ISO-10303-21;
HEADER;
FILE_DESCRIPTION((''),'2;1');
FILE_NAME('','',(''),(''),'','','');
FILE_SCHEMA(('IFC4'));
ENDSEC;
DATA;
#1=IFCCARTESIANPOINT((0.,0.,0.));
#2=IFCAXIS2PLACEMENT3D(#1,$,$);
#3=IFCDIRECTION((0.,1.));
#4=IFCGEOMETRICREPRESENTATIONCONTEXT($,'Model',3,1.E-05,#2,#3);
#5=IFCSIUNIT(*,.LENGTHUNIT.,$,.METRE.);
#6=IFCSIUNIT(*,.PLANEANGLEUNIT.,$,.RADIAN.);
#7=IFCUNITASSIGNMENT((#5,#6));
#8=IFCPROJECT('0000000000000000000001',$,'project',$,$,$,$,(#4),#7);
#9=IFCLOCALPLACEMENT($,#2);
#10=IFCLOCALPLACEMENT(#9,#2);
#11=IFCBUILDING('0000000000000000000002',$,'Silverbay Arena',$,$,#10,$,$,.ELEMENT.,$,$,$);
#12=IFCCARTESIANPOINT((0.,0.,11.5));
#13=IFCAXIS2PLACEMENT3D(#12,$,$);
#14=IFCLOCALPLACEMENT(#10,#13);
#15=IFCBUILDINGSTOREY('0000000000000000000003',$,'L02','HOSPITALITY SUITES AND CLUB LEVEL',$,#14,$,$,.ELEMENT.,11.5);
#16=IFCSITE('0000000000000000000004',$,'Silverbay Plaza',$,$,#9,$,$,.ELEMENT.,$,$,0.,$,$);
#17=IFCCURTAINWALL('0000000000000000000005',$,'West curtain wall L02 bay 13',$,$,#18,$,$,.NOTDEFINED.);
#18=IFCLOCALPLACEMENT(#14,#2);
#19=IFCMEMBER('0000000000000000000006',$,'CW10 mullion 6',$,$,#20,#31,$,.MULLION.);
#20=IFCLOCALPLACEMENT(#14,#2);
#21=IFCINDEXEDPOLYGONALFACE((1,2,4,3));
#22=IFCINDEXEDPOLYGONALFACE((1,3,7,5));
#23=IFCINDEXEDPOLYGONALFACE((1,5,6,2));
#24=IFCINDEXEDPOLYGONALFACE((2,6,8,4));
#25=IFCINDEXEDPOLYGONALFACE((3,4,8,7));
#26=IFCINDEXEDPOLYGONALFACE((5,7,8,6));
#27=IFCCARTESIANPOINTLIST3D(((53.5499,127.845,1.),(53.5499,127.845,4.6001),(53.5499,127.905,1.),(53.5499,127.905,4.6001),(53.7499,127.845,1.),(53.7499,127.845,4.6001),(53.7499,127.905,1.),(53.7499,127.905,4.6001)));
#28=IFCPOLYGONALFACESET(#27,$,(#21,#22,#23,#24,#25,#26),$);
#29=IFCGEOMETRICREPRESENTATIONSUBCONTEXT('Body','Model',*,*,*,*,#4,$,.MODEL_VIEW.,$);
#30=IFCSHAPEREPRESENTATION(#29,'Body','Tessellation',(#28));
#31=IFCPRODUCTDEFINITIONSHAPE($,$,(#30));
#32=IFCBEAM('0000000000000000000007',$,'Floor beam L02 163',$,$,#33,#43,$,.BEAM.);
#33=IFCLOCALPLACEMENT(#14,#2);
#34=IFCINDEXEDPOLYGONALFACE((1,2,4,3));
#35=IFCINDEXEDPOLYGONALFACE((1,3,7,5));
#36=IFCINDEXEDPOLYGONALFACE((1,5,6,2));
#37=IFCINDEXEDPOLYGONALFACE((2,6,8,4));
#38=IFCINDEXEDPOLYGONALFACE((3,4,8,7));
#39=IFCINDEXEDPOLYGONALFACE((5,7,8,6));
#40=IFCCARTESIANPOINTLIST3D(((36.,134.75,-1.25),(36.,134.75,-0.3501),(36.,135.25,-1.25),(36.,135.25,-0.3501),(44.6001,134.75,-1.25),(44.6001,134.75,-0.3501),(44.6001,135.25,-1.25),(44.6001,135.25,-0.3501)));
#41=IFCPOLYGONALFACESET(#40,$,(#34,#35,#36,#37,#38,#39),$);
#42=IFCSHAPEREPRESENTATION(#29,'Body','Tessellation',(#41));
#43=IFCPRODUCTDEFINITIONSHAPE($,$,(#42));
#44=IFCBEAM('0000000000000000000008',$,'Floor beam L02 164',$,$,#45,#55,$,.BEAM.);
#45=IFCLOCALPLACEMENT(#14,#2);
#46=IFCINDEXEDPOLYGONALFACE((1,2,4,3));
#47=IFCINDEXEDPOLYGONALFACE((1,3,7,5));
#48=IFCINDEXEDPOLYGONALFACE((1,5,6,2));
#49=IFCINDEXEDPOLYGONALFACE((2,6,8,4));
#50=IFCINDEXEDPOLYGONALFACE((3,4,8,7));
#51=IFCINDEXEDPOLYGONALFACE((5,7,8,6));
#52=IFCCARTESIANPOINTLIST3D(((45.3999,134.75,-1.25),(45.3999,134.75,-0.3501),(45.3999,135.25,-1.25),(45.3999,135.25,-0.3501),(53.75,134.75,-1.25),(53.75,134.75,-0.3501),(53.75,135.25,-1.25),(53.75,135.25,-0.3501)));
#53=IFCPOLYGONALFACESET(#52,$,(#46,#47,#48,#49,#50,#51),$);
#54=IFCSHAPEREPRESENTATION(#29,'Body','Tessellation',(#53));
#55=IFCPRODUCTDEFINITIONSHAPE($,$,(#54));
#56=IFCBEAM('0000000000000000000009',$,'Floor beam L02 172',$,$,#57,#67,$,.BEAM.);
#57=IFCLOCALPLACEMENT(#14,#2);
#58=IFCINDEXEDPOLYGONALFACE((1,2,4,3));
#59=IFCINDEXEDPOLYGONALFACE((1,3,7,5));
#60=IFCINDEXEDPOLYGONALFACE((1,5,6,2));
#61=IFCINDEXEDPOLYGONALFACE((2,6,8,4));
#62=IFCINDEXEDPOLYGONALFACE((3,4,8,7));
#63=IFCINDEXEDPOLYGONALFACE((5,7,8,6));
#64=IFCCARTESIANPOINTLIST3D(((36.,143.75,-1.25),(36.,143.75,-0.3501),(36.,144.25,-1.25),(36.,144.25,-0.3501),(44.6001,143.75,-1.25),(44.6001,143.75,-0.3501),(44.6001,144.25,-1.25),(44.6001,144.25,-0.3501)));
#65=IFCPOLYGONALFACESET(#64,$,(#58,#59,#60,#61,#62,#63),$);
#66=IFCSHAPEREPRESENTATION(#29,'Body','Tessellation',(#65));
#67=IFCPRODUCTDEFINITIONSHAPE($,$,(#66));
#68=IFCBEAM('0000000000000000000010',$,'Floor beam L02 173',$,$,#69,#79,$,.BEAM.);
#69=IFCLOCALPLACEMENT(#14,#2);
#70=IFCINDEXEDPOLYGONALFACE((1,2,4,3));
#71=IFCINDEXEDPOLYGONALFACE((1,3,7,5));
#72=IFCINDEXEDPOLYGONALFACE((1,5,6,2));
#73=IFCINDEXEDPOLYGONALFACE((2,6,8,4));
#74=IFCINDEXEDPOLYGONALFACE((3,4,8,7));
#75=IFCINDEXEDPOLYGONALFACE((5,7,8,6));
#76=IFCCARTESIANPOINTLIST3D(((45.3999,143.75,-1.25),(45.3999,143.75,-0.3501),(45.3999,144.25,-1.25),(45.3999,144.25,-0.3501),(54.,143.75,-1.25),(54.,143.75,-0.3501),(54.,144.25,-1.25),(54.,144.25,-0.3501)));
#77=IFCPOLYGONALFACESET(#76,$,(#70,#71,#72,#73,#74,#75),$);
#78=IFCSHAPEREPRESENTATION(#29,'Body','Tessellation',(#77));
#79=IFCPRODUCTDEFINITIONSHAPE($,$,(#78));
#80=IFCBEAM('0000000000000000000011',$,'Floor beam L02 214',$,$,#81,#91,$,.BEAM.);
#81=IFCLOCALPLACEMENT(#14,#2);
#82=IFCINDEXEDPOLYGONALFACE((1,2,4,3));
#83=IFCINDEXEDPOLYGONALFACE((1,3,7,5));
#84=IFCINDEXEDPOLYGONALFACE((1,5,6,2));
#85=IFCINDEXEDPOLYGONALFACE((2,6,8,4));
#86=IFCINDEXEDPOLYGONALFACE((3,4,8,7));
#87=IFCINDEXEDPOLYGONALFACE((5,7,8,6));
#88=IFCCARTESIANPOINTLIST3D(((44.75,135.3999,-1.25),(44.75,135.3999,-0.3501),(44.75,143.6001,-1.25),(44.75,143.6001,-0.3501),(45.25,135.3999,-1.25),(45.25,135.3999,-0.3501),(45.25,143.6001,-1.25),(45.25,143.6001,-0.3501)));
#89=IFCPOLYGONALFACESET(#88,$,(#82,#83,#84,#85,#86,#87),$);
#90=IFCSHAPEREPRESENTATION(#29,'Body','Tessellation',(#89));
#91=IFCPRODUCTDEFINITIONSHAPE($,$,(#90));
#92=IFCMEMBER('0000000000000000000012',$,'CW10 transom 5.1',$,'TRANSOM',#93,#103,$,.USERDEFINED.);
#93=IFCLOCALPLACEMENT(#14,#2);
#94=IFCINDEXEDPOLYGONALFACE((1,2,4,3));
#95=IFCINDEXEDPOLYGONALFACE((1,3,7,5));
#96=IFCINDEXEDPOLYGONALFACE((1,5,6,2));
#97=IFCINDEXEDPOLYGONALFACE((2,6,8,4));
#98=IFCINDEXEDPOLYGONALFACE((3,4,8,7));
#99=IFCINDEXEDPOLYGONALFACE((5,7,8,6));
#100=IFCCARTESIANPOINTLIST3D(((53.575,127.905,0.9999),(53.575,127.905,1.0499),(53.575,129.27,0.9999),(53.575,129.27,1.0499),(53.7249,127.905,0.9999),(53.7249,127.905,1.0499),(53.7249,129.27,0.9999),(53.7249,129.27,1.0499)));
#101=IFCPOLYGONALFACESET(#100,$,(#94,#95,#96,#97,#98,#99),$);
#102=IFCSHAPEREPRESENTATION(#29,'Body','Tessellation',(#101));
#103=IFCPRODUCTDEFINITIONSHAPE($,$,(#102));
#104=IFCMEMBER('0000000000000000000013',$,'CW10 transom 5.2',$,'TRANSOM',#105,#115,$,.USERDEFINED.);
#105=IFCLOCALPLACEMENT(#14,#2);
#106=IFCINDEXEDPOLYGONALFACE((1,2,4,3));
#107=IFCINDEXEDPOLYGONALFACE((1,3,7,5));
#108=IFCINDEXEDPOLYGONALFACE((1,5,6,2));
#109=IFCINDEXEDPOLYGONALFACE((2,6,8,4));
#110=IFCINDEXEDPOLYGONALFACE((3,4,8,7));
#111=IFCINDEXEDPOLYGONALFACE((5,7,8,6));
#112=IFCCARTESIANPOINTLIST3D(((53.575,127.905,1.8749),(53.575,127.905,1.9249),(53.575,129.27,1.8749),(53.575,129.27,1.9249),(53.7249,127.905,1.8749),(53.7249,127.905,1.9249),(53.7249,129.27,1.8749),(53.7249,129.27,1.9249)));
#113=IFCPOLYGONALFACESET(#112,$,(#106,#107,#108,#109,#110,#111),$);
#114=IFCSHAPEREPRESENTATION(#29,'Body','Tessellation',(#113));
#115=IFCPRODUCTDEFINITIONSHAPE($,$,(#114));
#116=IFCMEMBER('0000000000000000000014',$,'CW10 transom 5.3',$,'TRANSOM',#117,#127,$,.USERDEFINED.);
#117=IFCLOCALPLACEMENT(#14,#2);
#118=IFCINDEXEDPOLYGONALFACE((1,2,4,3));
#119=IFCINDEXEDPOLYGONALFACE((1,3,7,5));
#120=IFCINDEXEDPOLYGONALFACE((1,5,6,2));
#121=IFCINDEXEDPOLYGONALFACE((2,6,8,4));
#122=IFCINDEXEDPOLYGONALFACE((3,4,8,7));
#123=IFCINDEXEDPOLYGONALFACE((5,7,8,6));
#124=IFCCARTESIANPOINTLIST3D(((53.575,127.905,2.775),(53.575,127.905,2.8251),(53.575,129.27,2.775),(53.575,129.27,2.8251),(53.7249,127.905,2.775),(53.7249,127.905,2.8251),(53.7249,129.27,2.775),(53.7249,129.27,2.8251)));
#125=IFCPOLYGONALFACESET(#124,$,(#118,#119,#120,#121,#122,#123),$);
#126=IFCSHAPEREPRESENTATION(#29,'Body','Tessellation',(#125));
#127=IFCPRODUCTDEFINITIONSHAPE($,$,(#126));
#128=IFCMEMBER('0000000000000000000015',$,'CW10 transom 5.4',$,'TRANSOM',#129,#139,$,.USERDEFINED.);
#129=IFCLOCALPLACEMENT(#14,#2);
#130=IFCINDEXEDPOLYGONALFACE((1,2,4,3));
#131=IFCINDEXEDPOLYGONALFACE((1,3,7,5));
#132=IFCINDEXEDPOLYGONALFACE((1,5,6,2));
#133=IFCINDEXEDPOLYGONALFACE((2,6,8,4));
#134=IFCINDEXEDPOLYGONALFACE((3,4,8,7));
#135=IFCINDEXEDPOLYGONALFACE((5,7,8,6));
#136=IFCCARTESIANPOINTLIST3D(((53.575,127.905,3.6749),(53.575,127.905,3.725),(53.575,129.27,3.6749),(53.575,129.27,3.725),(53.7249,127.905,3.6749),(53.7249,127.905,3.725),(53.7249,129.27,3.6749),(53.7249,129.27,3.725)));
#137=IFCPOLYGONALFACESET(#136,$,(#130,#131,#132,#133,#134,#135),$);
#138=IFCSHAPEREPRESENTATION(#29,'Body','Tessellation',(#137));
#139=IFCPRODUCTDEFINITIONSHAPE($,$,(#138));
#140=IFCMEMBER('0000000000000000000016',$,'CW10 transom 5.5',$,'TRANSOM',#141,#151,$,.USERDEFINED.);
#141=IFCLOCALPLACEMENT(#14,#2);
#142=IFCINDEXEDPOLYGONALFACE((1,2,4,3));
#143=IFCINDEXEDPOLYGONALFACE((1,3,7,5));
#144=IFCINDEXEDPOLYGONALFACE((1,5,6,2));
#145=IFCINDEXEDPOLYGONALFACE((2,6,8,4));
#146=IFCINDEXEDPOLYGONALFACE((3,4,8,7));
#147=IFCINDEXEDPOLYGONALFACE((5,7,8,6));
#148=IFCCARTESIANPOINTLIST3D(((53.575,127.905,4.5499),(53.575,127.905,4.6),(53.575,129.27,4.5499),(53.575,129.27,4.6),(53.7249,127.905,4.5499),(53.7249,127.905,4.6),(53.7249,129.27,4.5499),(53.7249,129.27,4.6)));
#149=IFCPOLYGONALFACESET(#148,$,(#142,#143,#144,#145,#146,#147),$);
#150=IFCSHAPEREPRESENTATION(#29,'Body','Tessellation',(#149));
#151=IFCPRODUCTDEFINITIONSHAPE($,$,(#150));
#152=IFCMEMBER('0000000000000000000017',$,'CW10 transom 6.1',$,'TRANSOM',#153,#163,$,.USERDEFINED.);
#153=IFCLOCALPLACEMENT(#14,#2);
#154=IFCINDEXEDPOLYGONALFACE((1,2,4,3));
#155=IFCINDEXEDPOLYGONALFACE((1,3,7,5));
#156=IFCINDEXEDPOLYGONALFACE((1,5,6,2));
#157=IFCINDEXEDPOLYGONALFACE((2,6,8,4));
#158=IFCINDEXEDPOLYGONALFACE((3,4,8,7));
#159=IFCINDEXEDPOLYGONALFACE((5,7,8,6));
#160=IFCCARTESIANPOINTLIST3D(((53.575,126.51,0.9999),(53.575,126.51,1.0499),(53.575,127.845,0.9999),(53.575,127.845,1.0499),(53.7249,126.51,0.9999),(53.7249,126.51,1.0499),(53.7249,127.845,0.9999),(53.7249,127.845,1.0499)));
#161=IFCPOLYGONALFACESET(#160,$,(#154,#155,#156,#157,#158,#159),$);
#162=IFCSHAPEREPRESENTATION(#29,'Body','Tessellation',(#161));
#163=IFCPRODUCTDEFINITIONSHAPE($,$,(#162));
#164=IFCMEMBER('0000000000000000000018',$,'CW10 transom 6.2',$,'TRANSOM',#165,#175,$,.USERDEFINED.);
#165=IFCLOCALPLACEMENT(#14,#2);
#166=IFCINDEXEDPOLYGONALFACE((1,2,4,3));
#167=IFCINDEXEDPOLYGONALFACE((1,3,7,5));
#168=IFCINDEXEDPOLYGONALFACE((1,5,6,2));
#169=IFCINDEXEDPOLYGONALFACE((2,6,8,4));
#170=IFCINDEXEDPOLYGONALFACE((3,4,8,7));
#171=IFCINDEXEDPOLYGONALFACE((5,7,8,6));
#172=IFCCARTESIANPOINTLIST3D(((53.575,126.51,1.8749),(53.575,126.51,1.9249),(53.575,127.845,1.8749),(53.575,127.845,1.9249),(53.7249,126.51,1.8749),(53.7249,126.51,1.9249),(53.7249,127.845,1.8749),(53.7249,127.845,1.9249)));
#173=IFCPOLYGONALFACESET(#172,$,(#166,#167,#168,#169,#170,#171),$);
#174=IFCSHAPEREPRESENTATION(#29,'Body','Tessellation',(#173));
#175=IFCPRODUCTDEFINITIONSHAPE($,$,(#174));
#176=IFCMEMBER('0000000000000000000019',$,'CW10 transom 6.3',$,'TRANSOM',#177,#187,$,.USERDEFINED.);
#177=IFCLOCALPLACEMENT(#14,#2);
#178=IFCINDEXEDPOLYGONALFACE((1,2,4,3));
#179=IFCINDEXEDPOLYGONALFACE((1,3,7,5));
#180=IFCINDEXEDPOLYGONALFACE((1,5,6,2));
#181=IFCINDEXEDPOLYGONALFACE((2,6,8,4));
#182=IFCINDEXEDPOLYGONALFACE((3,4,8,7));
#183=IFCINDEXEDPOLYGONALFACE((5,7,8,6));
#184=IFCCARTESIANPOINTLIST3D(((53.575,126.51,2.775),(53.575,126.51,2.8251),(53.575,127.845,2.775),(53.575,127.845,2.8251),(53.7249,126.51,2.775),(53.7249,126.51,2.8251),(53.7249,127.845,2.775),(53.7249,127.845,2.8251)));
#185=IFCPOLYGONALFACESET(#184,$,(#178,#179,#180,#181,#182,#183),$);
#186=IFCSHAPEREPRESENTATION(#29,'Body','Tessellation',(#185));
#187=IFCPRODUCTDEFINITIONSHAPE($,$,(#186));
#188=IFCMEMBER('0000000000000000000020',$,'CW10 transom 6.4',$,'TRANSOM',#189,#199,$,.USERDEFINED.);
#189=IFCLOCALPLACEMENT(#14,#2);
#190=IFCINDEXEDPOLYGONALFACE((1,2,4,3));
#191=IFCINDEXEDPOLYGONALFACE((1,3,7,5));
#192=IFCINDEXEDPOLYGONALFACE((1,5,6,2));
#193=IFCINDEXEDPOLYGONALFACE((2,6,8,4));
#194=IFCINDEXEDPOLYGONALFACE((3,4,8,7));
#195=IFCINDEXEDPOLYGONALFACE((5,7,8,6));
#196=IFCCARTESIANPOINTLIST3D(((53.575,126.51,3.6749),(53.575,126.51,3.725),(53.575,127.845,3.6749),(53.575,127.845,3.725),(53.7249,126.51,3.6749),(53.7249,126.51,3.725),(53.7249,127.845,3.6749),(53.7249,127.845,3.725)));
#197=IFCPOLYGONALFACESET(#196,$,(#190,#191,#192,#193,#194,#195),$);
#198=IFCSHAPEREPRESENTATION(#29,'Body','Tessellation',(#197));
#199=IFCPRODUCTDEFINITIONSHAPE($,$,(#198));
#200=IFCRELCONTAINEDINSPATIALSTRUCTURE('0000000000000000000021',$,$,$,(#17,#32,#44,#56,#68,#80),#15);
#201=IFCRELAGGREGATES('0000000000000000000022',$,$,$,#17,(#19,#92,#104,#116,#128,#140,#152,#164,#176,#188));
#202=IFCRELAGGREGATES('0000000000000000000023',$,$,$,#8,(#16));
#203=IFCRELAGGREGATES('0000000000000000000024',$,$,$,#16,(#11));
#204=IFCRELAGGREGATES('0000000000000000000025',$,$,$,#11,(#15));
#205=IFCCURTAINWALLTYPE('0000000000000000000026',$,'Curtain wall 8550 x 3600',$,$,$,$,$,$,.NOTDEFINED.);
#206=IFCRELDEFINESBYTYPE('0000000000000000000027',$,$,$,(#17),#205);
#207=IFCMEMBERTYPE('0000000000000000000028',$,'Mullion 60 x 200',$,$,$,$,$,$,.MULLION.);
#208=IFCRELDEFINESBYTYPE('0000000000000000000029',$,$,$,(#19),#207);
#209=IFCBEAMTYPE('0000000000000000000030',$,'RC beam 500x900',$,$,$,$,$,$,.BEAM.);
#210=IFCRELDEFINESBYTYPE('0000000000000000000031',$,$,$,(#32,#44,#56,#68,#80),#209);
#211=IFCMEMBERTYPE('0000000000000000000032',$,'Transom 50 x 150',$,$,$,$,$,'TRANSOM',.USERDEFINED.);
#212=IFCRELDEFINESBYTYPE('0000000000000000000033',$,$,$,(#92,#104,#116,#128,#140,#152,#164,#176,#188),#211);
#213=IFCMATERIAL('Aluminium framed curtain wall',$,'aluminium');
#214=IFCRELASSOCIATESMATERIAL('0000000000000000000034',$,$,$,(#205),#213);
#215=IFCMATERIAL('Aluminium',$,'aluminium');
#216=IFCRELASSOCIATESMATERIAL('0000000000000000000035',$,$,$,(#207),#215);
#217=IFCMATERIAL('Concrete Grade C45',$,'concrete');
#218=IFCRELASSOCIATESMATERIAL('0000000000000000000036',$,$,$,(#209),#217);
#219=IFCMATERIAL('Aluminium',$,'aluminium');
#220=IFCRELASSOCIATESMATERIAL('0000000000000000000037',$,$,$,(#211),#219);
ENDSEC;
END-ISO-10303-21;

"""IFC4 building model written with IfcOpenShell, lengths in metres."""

from ifc_helpers import new_model, si_unit, direction, frame, origin, origin_2d, place, context, subcontext, project, spatial, rectangle, extrude, material, material_profile, profile_set, type_object, element, aggregate, save


model = new_model("IFC4")

# Units and contexts
model_context = context("Model", 3, precision=1e-05, world=origin(), true_north=direction((0.0, 1.0)))
body_context = subcontext(model_context, "Body", "Model", "MODEL_VIEW")
ifc_project = project(units=[si_unit("LENGTHUNIT", "METRE"), si_unit("PLANEANGLEUNIT", "RADIAN")], contexts=[model_context])

# Site, building, storey
site_placement = place(None, origin())
site = spatial("IfcSite", under=ifc_project, at=site_placement, Name="Silverbay Plaza", CompositionType="ELEMENT", RefElevation=0.0)
building_placement = place(site_placement, origin())
building = spatial("IfcBuilding", under=site, at=building_placement, Name="Silverbay Arena", CompositionType="ELEMENT")
storey_placement = place(building_placement, frame((0.0, 0.0, 11.5)))
storey = spatial("IfcBuildingStorey", under=building, at=storey_placement, Name="L02", Description="HOSPITALITY SUITES AND CLUB LEVEL", CompositionType="ELEMENT", Elevation=11.5)

# Curtain wall, member
ifc_material_1 = material(Name="Aluminium framed curtain wall", Category="aluminium")
curtain_wall_type = type_object("IfcCurtainWallType", Name="Curtain wall 8550 x 3600", PredefinedType="NOTDEFINED", material=ifc_material_1)
curtain_wall_placement = place(storey_placement, origin())
curtain_wall = element("IfcCurtainWall", 1, at=curtain_wall_placement, inside=storey, type_object=curtain_wall_type, Name="West curtain wall L02 bay 13", PredefinedType="NOTDEFINED")
ifc_material_2 = material(Name="Aluminium", Category="aluminium")
ifc_material_profile_1 = material_profile(ifc_material_2, rectangle(XDim=0.2, YDim=0.0601, at=origin_2d()), Name="Mullion 60 x 200")
ifc_profile_set_1 = profile_set([ifc_material_profile_1], Name="Aluminium")
member_type_1 = type_object("IfcMemberType", Name="Mullion 60 x 200", PredefinedType="MULLION", material=ifc_profile_set_1)
member_1_placement = place(storey_placement, frame((53.6499, 127.875, 1.0), z_axis=(0.0, 0.0, 1.0), x_axis=(1.0, 0.0, 0.0)))
member_1 = element("IfcMember", 2, at=member_1_placement, type_object=member_type_1, Name="CW10 mullion 6", PredefinedType="MULLION", context=body_context, shape_type="SweptSolid", body=[
    extrude(rectangle(XDim=0.2, YDim=0.0601, at=origin_2d()), origin(), (0.0, 0.0, 1.0), 3.6001),
])

# Beams
ifc_material_3 = material(Name="Concrete Grade C45", Category="concrete")
ifc_material_profile_2 = material_profile(ifc_material_3, rectangle(XDim=0.5, YDim=0.8999, at=origin_2d()), Name="RC 500x900")
ifc_profile_set_2 = profile_set([ifc_material_profile_2], Name="Concrete Grade C45")
beam_type = type_object("IfcBeamType", Name="RC beam 500x900", PredefinedType="BEAM", material=ifc_profile_set_2)
beam_1_placement = place(storey_placement, frame((36.0, 135.0, -0.8), z_axis=(1.0, 0.0, 0.0), x_axis=(0.0, 1.0, 0.0)))
element("IfcBeam", 3, at=beam_1_placement, inside=storey, type_object=beam_type, Name="Floor beam L02 163", PredefinedType="BEAM", context=body_context, shape_type="SweptSolid", body=[
    extrude(rectangle(XDim=0.5, YDim=0.8999, at=origin_2d()), origin(), (0.0, 0.0, 1.0), 8.6001),
])
beam_2_placement = place(storey_placement, frame((45.3999, 135.0, -0.8), z_axis=(1.0, 0.0, 0.0), x_axis=(0.0, 1.0, 0.0)))
element("IfcBeam", 4, at=beam_2_placement, inside=storey, type_object=beam_type, Name="Floor beam L02 164", PredefinedType="BEAM", context=body_context, shape_type="SweptSolid", body=[
    extrude(rectangle(XDim=0.5, YDim=0.8999, at=origin_2d()), origin(), (0.0, 0.0, 1.0), 8.3501),
])
for number, where, z_axis, x_axis, name in (
    (5, (36.0, 144.0, -0.8), (1.0, 0.0, 0.0), (0.0, 1.0, 0.0), "Floor beam L02 172"),
    (6, (45.3999, 144.0, -0.8), (1.0, 0.0, 0.0), (0.0, 1.0, 0.0), "Floor beam L02 173"),
):
    element("IfcBeam", number, at=place(storey_placement, frame(where, z_axis=z_axis, x_axis=x_axis)), inside=storey, type_object=beam_type, Name=name, PredefinedType="BEAM", context=body_context, shape_type="SweptSolid", body=[
        extrude(rectangle(XDim=0.5, YDim=0.8999, at=origin_2d()), origin(), (0.0, 0.0, 1.0), 8.6001),
    ])
beam_3_placement = place(storey_placement, frame((45.0, 135.3999, -0.8), z_axis=(0.0, 1.0, 0.0), x_axis=(-1.0, 0.0, 0.0)))
element("IfcBeam", 7, at=beam_3_placement, inside=storey, type_object=beam_type, Name="Floor beam L02 214", PredefinedType="BEAM", context=body_context, shape_type="SweptSolid", body=[
    extrude(rectangle(XDim=0.5, YDim=0.8999, at=origin_2d()), origin(), (0.0, 0.0, 1.0), 8.2002),
])

# Members
ifc_material_4 = material(Name="Aluminium", Category="aluminium")
ifc_material_profile_3 = material_profile(ifc_material_4, rectangle(XDim=0.1499, YDim=0.05, at=origin_2d()), Name="Transom 50 x 150")
ifc_profile_set_3 = profile_set([ifc_material_profile_3], Name="Aluminium")
member_type_2 = type_object("IfcMemberType", Name="Transom 50 x 150", ElementType="TRANSOM", PredefinedType="USERDEFINED", material=ifc_profile_set_3)
member_2_placement = place(storey_placement, frame((53.6499, 129.27, 1.0249), z_axis=(0.0, -1.0, 0.0), x_axis=(1.0, 0.0, 0.0)))
member_2 = element("IfcMember", 8, at=member_2_placement, type_object=member_type_2, Name="CW10 transom 5.1", ObjectType="TRANSOM", PredefinedType="USERDEFINED", context=body_context, shape_type="SweptSolid", body=[
    extrude(rectangle(XDim=0.1499, YDim=0.05, at=origin_2d()), origin(), (0.0, 0.0, 1.0), 1.365),
])
member_3_placement = place(storey_placement, frame((53.6499, 129.27, 1.8999), z_axis=(0.0, -1.0, 0.0), x_axis=(1.0, 0.0, 0.0)))
member_3 = element("IfcMember", 9, at=member_3_placement, type_object=member_type_2, Name="CW10 transom 5.2", ObjectType="TRANSOM", PredefinedType="USERDEFINED", context=body_context, shape_type="SweptSolid", body=[
    extrude(rectangle(XDim=0.1499, YDim=0.05, at=origin_2d()), origin(), (0.0, 0.0, 1.0), 1.365),
])
member_4_placement = place(storey_placement, frame((53.6499, 129.27, 2.8), z_axis=(0.0, -1.0, 0.0), x_axis=(1.0, 0.0, 0.0)))
member_4 = element("IfcMember", 10, at=member_4_placement, type_object=member_type_2, Name="CW10 transom 5.3", ObjectType="TRANSOM", PredefinedType="USERDEFINED", context=body_context, shape_type="SweptSolid", body=[
    extrude(rectangle(XDim=0.1499, YDim=0.05, at=origin_2d()), origin(), (0.0, 0.0, 1.0), 1.365),
])
member_5_placement = place(storey_placement, frame((53.6499, 129.27, 3.7), z_axis=(0.0, -1.0, 0.0), x_axis=(1.0, 0.0, 0.0)))
member_5 = element("IfcMember", 11, at=member_5_placement, type_object=member_type_2, Name="CW10 transom 5.4", ObjectType="TRANSOM", PredefinedType="USERDEFINED", context=body_context, shape_type="SweptSolid", body=[
    extrude(rectangle(XDim=0.1499, YDim=0.05, at=origin_2d()), origin(), (0.0, 0.0, 1.0), 1.365),
])
member_6_placement = place(storey_placement, frame((53.6499, 129.27, 4.575), z_axis=(0.0, -1.0, 0.0), x_axis=(1.0, 0.0, 0.0)))
member_6 = element("IfcMember", 12, at=member_6_placement, type_object=member_type_2, Name="CW10 transom 5.5", ObjectType="TRANSOM", PredefinedType="USERDEFINED", context=body_context, shape_type="SweptSolid", body=[
    extrude(rectangle(XDim=0.1499, YDim=0.05, at=origin_2d()), origin(), (0.0, 0.0, 1.0), 1.365),
])
member_7_placement = place(storey_placement, frame((53.6499, 127.845, 1.0249), z_axis=(0.0, -1.0, 0.0), x_axis=(1.0, 0.0, 0.0)))
member_7 = element("IfcMember", 13, at=member_7_placement, type_object=member_type_2, Name="CW10 transom 6.1", ObjectType="TRANSOM", PredefinedType="USERDEFINED", context=body_context, shape_type="SweptSolid", body=[
    extrude(rectangle(XDim=0.1499, YDim=0.05, at=origin_2d()), origin(), (0.0, 0.0, 1.0), 1.335),
])
member_8_placement = place(storey_placement, frame((53.6499, 127.845, 1.8999), z_axis=(0.0, -1.0, 0.0), x_axis=(1.0, 0.0, 0.0)))
member_8 = element("IfcMember", 14, at=member_8_placement, type_object=member_type_2, Name="CW10 transom 6.2", ObjectType="TRANSOM", PredefinedType="USERDEFINED", context=body_context, shape_type="SweptSolid", body=[
    extrude(rectangle(XDim=0.1499, YDim=0.05, at=origin_2d()), origin(), (0.0, 0.0, 1.0), 1.335),
])
member_9_placement = place(storey_placement, frame((53.6499, 127.845, 2.8), z_axis=(0.0, -1.0, 0.0), x_axis=(1.0, 0.0, 0.0)))
member_9 = element("IfcMember", 15, at=member_9_placement, type_object=member_type_2, Name="CW10 transom 6.3", ObjectType="TRANSOM", PredefinedType="USERDEFINED", context=body_context, shape_type="SweptSolid", body=[
    extrude(rectangle(XDim=0.1499, YDim=0.05, at=origin_2d()), origin(), (0.0, 0.0, 1.0), 1.335),
])
member_10_placement = place(storey_placement, frame((53.6499, 127.845, 3.7), z_axis=(0.0, -1.0, 0.0), x_axis=(1.0, 0.0, 0.0)))
member_10 = element("IfcMember", 16, at=member_10_placement, type_object=member_type_2, Name="CW10 transom 6.4", ObjectType="TRANSOM", PredefinedType="USERDEFINED", context=body_context, shape_type="SweptSolid", body=[
    extrude(rectangle(XDim=0.1499, YDim=0.05, at=origin_2d()), origin(), (0.0, 0.0, 1.0), 1.335),
])

aggregate(curtain_wall, [member_1, member_2, member_3, member_4, member_5, member_6, member_7, member_8, member_9, member_10])

save(model, "model.ifc")
